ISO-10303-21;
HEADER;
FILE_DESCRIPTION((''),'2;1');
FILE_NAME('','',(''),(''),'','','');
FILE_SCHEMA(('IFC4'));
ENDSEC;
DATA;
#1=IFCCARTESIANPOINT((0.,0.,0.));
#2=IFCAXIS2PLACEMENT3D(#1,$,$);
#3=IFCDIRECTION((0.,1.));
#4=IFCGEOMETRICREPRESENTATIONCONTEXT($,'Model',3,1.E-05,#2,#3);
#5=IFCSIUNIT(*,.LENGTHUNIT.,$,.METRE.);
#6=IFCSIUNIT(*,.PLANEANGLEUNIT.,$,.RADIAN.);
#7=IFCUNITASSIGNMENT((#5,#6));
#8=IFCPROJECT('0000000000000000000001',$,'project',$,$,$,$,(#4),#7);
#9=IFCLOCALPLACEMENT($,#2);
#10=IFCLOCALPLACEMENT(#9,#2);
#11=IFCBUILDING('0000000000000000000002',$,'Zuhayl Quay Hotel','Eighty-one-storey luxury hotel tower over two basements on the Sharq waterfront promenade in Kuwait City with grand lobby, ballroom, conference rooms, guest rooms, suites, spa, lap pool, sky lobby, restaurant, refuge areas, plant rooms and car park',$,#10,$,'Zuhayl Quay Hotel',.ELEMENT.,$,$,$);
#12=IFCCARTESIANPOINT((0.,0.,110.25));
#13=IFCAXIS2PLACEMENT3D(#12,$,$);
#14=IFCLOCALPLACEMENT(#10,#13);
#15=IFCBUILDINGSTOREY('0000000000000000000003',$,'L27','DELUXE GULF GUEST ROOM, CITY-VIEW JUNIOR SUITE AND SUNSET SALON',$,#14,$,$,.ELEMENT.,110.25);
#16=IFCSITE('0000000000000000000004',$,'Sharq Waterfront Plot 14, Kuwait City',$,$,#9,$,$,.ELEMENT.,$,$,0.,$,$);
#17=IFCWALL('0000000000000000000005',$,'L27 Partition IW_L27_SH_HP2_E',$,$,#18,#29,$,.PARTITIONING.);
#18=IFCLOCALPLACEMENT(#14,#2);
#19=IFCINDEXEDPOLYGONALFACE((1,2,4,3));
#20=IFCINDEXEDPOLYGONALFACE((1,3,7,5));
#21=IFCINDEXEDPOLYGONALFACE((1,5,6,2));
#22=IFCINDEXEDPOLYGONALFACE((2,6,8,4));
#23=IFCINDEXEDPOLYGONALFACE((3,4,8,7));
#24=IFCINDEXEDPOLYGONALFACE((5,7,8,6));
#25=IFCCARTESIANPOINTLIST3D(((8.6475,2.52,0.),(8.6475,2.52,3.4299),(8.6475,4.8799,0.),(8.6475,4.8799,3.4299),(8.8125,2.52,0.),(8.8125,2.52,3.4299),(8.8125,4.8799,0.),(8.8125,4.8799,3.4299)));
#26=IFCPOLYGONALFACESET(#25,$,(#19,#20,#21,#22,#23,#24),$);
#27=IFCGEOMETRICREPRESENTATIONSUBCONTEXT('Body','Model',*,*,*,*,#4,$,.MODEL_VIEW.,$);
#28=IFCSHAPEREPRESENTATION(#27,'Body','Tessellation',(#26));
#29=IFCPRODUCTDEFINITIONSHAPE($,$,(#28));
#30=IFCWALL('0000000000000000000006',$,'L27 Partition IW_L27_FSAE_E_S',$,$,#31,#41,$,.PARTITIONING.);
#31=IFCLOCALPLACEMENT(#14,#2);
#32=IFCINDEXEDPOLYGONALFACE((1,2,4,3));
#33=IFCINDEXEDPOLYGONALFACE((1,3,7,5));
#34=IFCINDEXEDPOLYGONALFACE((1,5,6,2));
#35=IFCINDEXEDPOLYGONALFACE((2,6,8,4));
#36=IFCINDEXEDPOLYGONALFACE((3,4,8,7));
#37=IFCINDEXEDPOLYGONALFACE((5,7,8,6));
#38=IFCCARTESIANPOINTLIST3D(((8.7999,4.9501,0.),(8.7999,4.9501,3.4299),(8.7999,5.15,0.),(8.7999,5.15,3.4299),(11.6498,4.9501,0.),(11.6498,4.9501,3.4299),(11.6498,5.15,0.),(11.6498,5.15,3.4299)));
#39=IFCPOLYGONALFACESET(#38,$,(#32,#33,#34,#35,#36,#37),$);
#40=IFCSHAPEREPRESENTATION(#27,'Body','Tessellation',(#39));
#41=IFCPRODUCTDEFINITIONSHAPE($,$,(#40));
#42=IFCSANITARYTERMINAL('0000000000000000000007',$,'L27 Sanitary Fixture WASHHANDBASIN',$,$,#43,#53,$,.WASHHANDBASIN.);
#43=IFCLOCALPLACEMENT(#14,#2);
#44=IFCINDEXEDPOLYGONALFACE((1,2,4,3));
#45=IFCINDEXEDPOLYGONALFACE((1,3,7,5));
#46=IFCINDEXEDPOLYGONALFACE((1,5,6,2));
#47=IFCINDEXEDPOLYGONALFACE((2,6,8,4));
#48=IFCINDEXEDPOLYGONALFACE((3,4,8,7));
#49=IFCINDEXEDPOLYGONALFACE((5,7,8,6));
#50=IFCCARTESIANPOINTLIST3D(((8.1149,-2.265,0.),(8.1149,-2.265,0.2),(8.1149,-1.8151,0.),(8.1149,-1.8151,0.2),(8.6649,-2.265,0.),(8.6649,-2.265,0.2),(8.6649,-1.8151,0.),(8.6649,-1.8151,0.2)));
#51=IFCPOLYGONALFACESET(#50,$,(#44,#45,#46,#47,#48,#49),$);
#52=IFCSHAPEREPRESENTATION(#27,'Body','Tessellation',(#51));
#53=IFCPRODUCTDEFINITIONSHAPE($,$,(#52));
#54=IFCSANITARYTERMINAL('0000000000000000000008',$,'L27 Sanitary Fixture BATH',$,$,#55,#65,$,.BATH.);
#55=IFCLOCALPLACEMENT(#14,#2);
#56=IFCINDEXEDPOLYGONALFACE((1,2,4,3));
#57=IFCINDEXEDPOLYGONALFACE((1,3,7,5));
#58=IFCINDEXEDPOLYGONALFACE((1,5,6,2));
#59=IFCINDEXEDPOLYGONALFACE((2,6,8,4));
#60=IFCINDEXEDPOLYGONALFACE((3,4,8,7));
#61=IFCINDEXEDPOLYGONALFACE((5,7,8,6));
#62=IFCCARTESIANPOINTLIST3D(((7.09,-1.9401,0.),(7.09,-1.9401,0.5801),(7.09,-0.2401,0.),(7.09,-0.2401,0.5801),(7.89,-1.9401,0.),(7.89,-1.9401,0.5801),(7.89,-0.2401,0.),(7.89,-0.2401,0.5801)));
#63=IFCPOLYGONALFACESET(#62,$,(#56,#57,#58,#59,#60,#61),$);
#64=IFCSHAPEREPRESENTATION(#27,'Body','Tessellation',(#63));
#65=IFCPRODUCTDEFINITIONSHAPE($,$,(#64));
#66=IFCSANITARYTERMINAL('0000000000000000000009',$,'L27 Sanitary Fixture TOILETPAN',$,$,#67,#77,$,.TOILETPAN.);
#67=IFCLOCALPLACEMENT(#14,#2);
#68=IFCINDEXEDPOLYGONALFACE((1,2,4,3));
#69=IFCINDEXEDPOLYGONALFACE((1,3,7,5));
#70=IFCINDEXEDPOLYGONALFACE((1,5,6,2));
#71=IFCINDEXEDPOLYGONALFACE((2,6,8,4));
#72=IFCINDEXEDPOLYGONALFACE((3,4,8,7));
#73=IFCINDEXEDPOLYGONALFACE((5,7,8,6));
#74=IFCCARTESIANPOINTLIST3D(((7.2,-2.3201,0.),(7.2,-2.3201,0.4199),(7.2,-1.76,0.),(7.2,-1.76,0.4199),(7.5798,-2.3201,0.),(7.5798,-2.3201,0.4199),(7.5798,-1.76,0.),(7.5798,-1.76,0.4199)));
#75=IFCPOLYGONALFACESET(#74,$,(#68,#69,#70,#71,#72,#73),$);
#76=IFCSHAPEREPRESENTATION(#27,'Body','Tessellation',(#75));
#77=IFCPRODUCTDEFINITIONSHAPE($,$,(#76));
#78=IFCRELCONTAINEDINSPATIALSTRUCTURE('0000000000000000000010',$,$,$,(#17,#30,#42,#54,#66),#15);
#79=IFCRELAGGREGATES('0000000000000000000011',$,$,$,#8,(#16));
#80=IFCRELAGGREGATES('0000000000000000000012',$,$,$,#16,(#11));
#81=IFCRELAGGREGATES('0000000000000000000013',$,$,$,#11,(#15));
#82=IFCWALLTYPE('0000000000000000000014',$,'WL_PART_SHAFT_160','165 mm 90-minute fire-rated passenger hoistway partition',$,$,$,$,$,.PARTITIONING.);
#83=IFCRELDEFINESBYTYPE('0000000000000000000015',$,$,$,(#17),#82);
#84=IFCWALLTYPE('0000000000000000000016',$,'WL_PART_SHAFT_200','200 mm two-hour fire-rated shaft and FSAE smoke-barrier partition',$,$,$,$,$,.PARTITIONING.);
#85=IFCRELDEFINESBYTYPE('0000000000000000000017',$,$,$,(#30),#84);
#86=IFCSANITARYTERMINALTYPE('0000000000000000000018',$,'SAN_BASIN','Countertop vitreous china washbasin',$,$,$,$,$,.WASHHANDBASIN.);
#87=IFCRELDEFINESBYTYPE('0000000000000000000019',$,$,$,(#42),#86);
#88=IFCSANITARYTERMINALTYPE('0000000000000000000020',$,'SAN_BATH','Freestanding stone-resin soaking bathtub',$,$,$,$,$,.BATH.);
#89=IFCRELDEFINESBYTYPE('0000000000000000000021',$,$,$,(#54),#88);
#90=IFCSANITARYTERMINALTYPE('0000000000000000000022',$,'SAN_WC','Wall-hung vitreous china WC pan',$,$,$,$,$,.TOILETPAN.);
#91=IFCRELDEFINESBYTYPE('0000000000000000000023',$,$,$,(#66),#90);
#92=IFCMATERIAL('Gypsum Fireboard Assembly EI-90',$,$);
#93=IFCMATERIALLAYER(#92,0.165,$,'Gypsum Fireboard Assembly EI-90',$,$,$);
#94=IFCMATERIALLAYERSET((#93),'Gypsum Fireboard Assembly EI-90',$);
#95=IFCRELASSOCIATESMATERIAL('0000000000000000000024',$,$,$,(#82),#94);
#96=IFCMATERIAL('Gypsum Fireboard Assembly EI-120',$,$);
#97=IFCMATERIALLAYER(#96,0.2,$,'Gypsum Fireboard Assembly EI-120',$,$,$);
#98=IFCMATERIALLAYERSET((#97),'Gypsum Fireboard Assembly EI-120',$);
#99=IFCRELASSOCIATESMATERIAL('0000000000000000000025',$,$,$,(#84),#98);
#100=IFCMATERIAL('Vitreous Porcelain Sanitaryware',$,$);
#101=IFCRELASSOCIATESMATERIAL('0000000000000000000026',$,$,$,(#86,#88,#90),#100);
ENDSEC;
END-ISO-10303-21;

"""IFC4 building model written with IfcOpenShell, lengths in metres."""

from ifc_helpers import new_model, si_unit, direction, frame, frame_2d, origin, origin_2d, place, context, subcontext, project, spatial, rectangle, extrude, material, layer, layer_set, type_object, element, save


model = new_model("IFC4")

# Units and contexts
model_context = context("Model", 3, precision=1e-05, world=origin(), true_north=direction((0.0, 1.0)))
body_context = subcontext(model_context, "Body", "Model", "MODEL_VIEW")
ifc_project = project(units=[si_unit("LENGTHUNIT", "METRE"), si_unit("PLANEANGLEUNIT", "RADIAN")], contexts=[model_context])

# Site, building, storey
site_placement = place(None, origin())
site = spatial("IfcSite", under=ifc_project, at=site_placement, Name="Sharq Waterfront Plot 14, Kuwait City", CompositionType="ELEMENT", RefElevation=0.0)
building_placement = place(site_placement, origin())
building = spatial("IfcBuilding", under=site, at=building_placement, Name="Zuhayl Quay Hotel", Description="Eighty-one-storey luxury hotel tower over two basements on the Sharq waterfront promenade in Kuwait City with grand lobby, ballroom, conference rooms, guest rooms, suites, spa, lap pool, sky lobby, restaurant, refuge areas, plant rooms and car park", LongName="Zuhayl Quay Hotel", CompositionType="ELEMENT")
storey_placement = place(building_placement, frame((0.0, 0.0, 110.25)))
storey = spatial("IfcBuildingStorey", under=building, at=storey_placement, Name="L27", Description="DELUXE GULF GUEST ROOM, CITY-VIEW JUNIOR SUITE AND SUNSET SALON", CompositionType="ELEMENT", Elevation=110.25)

# Walls
ifc_material_1 = material(Name="Gypsum Fireboard Assembly EI-90")
ifc_layer_1 = layer(ifc_material_1, 0.165, Name="Gypsum Fireboard Assembly EI-90")
ifc_layer_set_1 = layer_set([ifc_layer_1], Name="Gypsum Fireboard Assembly EI-90")
wall_type_1 = type_object("IfcWallType", Name="WL_PART_SHAFT_160", Description="165 mm 90-minute fire-rated passenger hoistway partition", PredefinedType="PARTITIONING", material=ifc_layer_set_1)
wall_1_placement = place(storey_placement, frame((8.73, 2.52, 0.0), z_axis=(0.0, 0.0, 1.0), x_axis=(0.0, 1.0, 0.0)))
element("IfcWall", 1, at=wall_1_placement, inside=storey, type_object=wall_type_1, Name="L27 Partition IW_L27_SH_HP2_E", PredefinedType="PARTITIONING", context=body_context, shape_type="SweptSolid", body=[
    extrude(rectangle(XDim=2.3599, YDim=0.165, at=frame_2d((1.1799, 0.0))), origin(), (0.0, 0.0, 1.0), 3.4299),
])
ifc_material_2 = material(Name="Gypsum Fireboard Assembly EI-120")
ifc_layer_2 = layer(ifc_material_2, 0.2, Name="Gypsum Fireboard Assembly EI-120")
ifc_layer_set_2 = layer_set([ifc_layer_2], Name="Gypsum Fireboard Assembly EI-120")
wall_type_2 = type_object("IfcWallType", Name="WL_PART_SHAFT_200", Description="200 mm two-hour fire-rated shaft and FSAE smoke-barrier partition", PredefinedType="PARTITIONING", material=ifc_layer_set_2)
wall_2_placement = place(storey_placement, frame((8.8, 5.05, 0.0), z_axis=(0.0, 0.0, 1.0), x_axis=(1.0, 0.0, 0.0)))
element("IfcWall", 2, at=wall_2_placement, inside=storey, type_object=wall_type_2, Name="L27 Partition IW_L27_FSAE_E_S", PredefinedType="PARTITIONING", context=body_context, shape_type="SweptSolid", body=[
    extrude(rectangle(XDim=2.8499, YDim=0.2, at=frame_2d((1.4248, 0.0))), origin(), (0.0, 0.0, 1.0), 3.4299),
])

# Sanitary terminals
ifc_material_3 = material(Name="Vitreous Porcelain Sanitaryware")
sanitary_terminal_type_1 = type_object("IfcSanitaryTerminalType", Name="SAN_BASIN", Description="Countertop vitreous china washbasin", PredefinedType="WASHHANDBASIN", material=ifc_material_3)
sanitary_terminal_1_placement = place(storey_placement, frame((8.3899, -2.04, 0.0), z_axis=(0.0, 0.0, 1.0), x_axis=(1.0, 0.0, 0.0)))
element("IfcSanitaryTerminal", 3, at=sanitary_terminal_1_placement, inside=storey, type_object=sanitary_terminal_type_1, Name="L27 Sanitary Fixture WASHHANDBASIN", PredefinedType="WASHHANDBASIN", context=body_context, shape_type="SweptSolid", body=[
    extrude(rectangle(XDim=0.55, YDim=0.45, at=origin_2d()), origin(), (0.0, 0.0, 1.0), 0.2),
])
sanitary_terminal_type_2 = type_object("IfcSanitaryTerminalType", Name="SAN_BATH", Description="Freestanding stone-resin soaking bathtub", PredefinedType="BATH", material=ifc_material_3)
sanitary_terminal_2_placement = place(storey_placement, frame((7.49, -1.0901, 0.0), z_axis=(0.0, 0.0, 1.0), x_axis=(1.0, 0.0, 0.0)))
element("IfcSanitaryTerminal", 4, at=sanitary_terminal_2_placement, inside=storey, type_object=sanitary_terminal_type_2, Name="L27 Sanitary Fixture BATH", PredefinedType="BATH", context=body_context, shape_type="SweptSolid", body=[
    extrude(rectangle(XDim=0.8, YDim=1.7, at=origin_2d()), origin(), (0.0, 0.0, 1.0), 0.5801),
])
sanitary_terminal_type_3 = type_object("IfcSanitaryTerminalType", Name="SAN_WC", Description="Wall-hung vitreous china WC pan", PredefinedType="TOILETPAN", material=ifc_material_3)
sanitary_terminal_3_placement = place(storey_placement, frame((7.3899, -2.04, 0.0), z_axis=(0.0, 0.0, 1.0), x_axis=(1.0, 0.0, 0.0)))
element("IfcSanitaryTerminal", 5, at=sanitary_terminal_3_placement, inside=storey, type_object=sanitary_terminal_type_3, Name="L27 Sanitary Fixture TOILETPAN", PredefinedType="TOILETPAN", context=body_context, shape_type="SweptSolid", body=[
    extrude(rectangle(XDim=0.3799, YDim=0.5601, at=origin_2d()), origin(), (0.0, 0.0, 1.0), 0.4199),
])

save(model, "model.ifc")
